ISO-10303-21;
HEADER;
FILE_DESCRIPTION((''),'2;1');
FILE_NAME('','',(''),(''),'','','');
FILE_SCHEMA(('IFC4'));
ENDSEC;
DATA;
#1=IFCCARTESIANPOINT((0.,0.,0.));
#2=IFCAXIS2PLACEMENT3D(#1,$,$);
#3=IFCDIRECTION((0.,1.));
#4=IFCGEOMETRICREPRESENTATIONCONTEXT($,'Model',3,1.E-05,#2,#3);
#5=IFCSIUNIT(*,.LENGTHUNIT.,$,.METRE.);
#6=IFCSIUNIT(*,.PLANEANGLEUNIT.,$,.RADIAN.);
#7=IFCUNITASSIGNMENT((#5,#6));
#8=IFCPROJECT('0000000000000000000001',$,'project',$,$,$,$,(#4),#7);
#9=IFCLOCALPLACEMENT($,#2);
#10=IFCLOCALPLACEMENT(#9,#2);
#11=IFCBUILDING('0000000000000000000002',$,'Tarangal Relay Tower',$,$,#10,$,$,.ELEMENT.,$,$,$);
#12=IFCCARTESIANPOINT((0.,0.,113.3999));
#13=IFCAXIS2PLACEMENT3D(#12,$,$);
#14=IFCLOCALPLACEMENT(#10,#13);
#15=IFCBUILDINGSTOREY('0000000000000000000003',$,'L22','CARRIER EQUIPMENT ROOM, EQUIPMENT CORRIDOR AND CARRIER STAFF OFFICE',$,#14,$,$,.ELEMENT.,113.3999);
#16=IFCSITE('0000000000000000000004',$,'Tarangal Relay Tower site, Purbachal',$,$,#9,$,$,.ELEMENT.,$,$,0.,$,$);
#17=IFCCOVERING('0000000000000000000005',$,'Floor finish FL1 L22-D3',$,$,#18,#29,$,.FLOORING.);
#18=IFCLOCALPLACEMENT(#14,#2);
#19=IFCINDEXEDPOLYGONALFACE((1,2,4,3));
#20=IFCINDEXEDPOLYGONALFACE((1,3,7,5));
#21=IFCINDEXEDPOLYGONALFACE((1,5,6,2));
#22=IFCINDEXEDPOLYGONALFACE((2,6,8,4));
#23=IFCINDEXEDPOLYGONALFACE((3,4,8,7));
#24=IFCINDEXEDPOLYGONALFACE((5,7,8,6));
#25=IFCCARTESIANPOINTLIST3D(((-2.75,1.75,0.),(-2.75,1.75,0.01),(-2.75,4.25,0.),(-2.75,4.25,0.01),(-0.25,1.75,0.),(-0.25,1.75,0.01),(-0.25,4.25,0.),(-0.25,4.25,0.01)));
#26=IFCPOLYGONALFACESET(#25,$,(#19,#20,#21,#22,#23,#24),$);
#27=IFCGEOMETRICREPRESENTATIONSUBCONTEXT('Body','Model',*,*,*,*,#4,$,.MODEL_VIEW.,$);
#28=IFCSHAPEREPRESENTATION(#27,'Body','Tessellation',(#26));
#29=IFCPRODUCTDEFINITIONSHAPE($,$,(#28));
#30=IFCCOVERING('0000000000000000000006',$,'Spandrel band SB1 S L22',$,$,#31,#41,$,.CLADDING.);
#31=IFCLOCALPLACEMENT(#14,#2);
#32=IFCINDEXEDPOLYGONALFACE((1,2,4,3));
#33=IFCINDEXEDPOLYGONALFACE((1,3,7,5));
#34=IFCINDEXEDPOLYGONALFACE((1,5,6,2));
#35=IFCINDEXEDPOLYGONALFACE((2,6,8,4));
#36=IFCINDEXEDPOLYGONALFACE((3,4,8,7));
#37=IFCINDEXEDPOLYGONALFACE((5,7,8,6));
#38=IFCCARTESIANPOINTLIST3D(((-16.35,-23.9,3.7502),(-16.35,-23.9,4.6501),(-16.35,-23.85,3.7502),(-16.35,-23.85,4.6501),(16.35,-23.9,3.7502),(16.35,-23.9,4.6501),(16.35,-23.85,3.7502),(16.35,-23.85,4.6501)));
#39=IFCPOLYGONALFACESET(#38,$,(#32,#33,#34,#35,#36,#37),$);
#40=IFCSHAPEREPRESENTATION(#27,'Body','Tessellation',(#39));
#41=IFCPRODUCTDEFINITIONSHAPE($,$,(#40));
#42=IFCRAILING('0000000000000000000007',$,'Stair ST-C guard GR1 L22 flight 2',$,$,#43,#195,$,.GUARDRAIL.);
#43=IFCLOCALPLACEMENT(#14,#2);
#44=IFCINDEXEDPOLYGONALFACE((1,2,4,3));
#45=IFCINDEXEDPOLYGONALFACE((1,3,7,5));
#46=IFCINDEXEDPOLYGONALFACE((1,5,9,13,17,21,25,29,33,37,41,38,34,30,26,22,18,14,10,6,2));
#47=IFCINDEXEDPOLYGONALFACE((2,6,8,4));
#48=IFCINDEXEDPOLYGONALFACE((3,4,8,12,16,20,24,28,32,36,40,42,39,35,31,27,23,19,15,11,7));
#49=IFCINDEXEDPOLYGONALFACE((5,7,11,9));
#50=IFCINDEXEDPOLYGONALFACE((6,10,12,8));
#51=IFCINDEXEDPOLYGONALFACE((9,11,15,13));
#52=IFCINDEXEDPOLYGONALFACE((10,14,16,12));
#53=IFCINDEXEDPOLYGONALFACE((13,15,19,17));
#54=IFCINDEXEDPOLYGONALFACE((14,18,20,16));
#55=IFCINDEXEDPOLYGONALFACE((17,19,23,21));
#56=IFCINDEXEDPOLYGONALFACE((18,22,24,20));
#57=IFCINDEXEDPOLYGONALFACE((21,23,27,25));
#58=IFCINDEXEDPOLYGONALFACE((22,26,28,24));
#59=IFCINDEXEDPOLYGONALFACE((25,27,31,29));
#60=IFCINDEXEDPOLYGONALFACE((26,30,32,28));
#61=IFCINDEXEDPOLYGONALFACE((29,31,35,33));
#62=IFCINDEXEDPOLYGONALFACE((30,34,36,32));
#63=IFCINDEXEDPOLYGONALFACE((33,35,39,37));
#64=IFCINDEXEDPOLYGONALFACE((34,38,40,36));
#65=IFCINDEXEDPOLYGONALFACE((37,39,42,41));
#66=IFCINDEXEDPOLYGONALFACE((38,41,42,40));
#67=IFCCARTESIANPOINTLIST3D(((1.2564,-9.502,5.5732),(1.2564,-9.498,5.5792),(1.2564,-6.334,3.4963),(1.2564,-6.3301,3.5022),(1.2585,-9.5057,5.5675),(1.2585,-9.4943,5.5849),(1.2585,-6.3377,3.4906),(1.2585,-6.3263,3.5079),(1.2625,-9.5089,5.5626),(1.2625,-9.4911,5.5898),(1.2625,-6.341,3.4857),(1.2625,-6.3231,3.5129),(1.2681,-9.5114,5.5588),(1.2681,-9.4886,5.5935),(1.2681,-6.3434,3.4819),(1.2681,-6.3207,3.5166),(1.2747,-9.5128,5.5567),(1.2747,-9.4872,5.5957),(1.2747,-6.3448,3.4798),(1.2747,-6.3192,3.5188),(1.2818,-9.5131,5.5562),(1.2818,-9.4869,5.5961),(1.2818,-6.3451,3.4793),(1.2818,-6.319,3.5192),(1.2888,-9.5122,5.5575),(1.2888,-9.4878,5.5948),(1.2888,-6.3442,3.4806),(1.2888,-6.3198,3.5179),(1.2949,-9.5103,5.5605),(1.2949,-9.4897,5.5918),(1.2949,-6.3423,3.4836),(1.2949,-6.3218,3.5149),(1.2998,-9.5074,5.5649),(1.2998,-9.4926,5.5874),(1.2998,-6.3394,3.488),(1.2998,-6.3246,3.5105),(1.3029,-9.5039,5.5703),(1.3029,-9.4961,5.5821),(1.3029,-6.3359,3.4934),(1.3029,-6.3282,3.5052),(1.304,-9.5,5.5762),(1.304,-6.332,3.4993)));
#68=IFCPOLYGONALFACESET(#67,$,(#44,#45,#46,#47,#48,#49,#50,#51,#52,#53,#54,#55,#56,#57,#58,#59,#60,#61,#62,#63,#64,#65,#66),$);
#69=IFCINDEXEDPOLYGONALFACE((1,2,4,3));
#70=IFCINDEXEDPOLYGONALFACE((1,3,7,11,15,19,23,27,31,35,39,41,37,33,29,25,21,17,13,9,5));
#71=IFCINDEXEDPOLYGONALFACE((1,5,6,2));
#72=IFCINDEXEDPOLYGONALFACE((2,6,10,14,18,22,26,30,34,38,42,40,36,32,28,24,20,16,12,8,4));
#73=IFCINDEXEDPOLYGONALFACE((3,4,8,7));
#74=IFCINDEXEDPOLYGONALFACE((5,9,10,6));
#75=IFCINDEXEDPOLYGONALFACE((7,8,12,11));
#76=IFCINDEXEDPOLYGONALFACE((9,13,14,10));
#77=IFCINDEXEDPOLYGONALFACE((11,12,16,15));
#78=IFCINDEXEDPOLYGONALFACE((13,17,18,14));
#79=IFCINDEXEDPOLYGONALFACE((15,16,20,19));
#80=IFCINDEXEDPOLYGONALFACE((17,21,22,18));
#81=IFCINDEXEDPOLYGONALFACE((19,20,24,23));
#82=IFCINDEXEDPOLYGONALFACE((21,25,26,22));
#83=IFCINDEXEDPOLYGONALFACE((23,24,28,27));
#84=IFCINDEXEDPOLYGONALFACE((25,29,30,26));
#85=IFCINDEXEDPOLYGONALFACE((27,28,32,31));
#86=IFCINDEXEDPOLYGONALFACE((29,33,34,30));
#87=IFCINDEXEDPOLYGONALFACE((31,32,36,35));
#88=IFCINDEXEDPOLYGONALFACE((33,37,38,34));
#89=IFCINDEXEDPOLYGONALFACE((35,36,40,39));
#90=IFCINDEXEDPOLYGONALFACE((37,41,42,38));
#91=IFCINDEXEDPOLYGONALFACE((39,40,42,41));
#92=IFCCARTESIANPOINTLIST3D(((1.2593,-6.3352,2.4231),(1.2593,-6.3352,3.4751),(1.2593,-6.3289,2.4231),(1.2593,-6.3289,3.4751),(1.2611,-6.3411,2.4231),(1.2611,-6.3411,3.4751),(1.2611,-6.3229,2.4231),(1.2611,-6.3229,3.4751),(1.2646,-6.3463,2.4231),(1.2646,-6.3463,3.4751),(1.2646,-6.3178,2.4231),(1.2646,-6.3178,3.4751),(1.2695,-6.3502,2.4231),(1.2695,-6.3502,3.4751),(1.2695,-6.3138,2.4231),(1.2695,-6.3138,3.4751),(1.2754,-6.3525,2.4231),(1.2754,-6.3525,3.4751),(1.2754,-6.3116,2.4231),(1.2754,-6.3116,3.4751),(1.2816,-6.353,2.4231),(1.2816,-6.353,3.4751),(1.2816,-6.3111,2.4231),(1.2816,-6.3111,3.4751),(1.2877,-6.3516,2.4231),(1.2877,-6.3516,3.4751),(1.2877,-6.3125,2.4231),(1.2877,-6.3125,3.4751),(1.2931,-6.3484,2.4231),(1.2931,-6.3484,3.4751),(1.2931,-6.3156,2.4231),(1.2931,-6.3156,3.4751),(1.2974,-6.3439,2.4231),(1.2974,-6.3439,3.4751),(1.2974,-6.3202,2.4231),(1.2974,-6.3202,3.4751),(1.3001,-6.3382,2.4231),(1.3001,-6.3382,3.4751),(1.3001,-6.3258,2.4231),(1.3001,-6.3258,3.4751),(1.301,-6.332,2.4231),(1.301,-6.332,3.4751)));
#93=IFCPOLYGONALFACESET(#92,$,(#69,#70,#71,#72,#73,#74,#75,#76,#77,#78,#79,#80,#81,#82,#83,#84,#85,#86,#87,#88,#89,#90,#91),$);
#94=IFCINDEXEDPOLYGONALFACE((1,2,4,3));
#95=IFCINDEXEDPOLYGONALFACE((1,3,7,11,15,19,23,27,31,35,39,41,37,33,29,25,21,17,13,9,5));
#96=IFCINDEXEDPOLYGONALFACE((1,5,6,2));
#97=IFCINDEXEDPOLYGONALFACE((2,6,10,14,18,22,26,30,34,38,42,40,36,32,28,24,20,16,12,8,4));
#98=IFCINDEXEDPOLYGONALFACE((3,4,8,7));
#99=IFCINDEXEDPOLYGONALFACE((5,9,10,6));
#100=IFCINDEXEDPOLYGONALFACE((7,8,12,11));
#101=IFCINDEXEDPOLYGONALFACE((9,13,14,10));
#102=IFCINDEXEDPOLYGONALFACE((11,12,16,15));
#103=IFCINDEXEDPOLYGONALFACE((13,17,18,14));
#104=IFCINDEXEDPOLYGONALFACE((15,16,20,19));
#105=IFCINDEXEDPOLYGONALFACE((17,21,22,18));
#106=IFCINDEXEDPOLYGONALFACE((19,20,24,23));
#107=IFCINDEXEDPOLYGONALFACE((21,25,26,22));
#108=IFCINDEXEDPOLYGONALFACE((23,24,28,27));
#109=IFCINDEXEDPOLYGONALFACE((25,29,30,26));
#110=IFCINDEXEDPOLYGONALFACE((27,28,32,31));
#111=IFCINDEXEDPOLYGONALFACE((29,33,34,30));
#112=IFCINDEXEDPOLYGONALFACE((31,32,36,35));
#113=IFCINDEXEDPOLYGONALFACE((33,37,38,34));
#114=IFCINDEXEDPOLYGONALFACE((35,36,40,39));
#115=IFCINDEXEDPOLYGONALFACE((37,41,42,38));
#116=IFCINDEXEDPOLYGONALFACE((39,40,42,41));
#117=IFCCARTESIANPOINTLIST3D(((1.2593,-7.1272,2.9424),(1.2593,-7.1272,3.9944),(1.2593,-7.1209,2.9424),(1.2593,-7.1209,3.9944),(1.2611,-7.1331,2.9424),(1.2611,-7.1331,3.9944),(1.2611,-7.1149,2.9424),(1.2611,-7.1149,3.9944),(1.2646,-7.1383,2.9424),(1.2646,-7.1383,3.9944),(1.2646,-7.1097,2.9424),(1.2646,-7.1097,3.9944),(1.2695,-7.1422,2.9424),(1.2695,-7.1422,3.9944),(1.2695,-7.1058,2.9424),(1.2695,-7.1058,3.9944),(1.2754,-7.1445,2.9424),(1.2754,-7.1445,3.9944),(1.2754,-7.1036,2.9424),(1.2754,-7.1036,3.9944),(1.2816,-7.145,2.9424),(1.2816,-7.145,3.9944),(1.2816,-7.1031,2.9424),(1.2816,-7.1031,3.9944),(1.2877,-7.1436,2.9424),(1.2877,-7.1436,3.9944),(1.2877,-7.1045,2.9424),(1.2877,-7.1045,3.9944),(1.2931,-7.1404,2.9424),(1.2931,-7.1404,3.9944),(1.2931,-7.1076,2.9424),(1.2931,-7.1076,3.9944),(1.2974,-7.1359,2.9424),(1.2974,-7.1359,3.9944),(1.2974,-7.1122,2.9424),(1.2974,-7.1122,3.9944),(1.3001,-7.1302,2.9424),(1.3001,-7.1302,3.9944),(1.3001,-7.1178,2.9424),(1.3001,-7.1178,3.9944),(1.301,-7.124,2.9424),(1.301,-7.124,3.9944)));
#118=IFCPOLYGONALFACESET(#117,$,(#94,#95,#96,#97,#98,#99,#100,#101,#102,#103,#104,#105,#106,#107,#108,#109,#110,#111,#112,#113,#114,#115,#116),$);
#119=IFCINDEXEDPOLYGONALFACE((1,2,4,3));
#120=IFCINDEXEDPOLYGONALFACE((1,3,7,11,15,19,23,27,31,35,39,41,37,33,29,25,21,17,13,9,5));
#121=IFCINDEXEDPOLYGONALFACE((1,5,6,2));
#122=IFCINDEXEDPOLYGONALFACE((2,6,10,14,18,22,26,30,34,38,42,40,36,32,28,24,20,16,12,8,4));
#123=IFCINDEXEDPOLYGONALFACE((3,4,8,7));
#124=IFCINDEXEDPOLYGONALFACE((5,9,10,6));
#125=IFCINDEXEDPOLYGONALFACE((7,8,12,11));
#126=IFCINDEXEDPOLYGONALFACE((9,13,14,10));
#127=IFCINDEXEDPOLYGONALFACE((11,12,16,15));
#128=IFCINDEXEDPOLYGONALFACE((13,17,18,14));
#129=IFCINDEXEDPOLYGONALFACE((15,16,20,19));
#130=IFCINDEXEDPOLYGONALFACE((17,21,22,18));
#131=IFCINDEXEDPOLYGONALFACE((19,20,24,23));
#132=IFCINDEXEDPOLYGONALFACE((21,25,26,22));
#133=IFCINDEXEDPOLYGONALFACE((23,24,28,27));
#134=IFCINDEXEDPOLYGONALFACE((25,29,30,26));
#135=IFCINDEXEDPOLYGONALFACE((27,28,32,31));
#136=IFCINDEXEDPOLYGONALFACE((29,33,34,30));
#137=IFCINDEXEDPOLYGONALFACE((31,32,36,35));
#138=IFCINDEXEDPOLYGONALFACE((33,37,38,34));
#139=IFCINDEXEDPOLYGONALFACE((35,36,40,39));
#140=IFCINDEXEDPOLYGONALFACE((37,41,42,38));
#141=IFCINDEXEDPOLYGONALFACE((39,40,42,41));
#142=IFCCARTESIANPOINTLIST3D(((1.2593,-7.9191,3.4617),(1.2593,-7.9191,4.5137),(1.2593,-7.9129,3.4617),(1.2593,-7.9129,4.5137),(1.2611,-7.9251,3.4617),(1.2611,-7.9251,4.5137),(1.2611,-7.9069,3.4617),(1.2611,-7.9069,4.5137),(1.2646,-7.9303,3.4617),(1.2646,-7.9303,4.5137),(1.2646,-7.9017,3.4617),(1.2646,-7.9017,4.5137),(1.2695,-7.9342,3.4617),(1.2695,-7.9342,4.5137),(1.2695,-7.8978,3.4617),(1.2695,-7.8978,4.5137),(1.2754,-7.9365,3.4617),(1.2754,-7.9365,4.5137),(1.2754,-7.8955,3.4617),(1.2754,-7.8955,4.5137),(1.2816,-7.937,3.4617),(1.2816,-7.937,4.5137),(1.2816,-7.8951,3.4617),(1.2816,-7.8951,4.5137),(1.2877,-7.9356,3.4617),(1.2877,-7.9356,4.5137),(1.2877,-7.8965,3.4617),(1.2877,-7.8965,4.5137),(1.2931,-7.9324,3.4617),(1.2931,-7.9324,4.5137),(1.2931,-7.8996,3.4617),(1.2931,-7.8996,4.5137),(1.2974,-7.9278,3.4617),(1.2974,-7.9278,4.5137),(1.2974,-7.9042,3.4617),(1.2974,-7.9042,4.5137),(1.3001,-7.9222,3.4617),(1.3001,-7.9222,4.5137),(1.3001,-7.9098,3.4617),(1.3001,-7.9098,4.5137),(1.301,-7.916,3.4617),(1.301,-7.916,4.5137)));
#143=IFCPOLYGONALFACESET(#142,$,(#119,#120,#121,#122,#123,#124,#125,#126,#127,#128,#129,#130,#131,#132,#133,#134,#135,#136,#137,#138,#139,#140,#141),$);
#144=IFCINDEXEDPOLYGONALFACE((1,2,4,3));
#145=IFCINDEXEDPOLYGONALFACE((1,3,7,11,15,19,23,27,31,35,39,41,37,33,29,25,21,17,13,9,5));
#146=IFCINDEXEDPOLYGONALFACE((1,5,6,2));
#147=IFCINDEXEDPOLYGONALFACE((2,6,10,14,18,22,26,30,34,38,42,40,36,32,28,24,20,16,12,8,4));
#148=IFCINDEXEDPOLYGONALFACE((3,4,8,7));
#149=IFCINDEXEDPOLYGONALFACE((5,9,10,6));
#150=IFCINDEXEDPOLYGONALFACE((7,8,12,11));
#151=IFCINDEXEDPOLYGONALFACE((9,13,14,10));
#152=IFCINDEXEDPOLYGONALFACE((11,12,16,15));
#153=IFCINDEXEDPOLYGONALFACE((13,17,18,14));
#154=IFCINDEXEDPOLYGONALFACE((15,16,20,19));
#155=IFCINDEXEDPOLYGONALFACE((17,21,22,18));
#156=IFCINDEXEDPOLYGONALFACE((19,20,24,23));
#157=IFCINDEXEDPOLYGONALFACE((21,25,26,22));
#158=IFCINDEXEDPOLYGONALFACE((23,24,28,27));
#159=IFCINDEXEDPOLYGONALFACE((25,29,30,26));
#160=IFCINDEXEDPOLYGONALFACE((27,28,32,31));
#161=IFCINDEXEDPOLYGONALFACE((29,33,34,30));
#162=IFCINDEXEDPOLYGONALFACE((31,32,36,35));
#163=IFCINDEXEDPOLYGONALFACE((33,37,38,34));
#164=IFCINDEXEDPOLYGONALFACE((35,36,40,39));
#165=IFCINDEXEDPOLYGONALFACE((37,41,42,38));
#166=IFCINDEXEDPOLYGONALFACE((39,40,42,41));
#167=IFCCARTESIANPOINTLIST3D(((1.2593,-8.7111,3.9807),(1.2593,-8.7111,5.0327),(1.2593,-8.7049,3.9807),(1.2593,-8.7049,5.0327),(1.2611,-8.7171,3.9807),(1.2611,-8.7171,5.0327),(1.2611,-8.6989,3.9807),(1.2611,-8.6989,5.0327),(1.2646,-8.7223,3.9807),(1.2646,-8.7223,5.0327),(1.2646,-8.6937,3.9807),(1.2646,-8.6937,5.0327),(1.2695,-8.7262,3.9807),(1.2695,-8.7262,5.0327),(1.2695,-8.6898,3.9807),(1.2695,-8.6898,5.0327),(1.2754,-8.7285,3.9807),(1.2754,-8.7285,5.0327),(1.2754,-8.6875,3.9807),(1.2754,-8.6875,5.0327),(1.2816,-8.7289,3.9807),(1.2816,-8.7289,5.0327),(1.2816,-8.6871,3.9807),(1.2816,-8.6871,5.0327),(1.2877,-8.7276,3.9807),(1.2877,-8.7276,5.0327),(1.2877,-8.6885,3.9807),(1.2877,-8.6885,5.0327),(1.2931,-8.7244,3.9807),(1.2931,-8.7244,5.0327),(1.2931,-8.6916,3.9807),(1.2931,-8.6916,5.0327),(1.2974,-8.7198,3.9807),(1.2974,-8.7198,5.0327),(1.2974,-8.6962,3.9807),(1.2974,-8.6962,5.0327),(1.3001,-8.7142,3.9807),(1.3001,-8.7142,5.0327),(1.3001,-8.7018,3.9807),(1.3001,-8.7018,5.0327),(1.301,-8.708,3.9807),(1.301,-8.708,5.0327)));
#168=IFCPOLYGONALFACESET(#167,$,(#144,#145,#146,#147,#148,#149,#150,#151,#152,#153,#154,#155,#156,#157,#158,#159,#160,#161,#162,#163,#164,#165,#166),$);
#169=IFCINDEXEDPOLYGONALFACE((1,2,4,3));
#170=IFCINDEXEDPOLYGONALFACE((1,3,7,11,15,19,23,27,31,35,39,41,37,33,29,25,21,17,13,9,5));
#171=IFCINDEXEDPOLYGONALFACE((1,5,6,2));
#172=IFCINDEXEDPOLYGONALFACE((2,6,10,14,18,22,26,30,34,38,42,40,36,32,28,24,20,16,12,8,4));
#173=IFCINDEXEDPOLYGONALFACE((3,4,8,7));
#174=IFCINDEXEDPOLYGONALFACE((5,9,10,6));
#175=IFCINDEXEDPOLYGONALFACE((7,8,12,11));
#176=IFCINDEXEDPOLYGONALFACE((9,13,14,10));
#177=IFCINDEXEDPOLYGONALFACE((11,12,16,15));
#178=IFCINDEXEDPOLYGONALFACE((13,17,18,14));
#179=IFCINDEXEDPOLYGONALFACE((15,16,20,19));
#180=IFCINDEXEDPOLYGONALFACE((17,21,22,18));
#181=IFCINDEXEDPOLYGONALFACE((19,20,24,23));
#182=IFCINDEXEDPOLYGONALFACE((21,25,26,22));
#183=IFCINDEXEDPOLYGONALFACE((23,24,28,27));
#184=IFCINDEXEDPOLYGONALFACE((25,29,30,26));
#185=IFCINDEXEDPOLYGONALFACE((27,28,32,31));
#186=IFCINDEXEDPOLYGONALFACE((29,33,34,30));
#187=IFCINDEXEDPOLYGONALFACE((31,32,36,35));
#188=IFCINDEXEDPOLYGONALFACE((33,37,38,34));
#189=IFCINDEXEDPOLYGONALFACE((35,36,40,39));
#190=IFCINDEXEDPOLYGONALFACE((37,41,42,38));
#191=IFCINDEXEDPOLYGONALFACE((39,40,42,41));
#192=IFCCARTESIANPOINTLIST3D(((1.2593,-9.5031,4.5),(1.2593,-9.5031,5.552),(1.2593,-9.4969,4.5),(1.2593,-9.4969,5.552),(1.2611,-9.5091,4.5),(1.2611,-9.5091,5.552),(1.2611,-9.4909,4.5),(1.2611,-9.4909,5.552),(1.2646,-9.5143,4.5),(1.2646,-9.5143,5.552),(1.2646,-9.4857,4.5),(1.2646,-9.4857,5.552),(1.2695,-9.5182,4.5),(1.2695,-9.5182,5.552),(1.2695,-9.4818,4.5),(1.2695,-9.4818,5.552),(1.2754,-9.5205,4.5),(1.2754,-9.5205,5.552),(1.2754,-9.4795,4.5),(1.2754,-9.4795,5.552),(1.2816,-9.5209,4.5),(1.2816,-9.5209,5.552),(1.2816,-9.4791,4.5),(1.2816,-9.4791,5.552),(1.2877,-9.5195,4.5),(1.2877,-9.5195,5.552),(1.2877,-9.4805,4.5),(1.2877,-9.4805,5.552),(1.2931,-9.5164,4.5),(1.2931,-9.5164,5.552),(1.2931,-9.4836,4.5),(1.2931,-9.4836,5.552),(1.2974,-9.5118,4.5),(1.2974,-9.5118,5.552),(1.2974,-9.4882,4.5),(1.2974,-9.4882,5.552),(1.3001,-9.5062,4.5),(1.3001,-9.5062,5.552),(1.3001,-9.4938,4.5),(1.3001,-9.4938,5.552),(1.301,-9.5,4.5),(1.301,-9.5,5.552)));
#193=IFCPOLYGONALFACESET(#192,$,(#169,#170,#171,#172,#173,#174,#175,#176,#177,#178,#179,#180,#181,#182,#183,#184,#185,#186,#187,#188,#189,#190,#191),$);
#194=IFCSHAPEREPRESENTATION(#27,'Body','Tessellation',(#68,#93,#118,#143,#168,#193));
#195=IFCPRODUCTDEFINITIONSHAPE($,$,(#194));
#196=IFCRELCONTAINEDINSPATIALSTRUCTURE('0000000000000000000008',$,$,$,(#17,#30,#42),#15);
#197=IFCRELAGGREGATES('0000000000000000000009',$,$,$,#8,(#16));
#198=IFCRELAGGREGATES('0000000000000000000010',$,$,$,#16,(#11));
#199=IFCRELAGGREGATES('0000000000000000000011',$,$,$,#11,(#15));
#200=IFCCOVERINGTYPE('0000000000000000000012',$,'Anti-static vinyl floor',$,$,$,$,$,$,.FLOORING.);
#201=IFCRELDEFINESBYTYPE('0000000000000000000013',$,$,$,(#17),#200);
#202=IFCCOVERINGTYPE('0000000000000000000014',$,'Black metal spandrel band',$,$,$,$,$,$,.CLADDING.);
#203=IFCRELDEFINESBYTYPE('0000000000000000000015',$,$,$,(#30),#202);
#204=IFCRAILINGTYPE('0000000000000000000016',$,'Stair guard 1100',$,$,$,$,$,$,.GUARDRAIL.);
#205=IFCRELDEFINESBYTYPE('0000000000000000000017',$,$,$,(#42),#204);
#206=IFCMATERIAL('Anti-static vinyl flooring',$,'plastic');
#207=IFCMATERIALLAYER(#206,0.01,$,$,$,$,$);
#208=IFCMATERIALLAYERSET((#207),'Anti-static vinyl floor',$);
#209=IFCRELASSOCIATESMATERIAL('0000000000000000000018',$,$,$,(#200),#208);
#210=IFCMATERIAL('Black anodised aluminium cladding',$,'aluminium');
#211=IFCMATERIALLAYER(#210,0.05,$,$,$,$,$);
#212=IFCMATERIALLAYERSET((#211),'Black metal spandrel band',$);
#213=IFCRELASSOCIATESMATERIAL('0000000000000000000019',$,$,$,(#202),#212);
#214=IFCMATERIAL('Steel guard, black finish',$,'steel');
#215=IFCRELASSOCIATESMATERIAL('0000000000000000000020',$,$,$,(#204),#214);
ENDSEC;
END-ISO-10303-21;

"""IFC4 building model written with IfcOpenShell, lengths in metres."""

from ifc_helpers import new_model, si_unit, direction, frame, origin, origin_2d, place, context, subcontext, project, spatial, polyline, rectangle, circle, outline, extrude, material, layer, layer_set, type_object, element, save


model = new_model("IFC4")

# Units and contexts
model_context = context("Model", 3, precision=1e-05, world=origin(), true_north=direction((0.0, 1.0)))
body_context = subcontext(model_context, "Body", "Model", "MODEL_VIEW")
ifc_project = project(units=[si_unit("LENGTHUNIT", "METRE"), si_unit("PLANEANGLEUNIT", "RADIAN")], contexts=[model_context])

# Site, building, storey
site_placement = place(None, origin())
site = spatial("IfcSite", under=ifc_project, at=site_placement, Name="Tarangal Relay Tower site, Purbachal", CompositionType="ELEMENT", RefElevation=0.0)
building_placement = place(site_placement, origin())
building = spatial("IfcBuilding", under=site, at=building_placement, Name="Tarangal Relay Tower", CompositionType="ELEMENT")
storey_placement = place(building_placement, frame((0.0, 0.0, 113.3999)))
storey = spatial("IfcBuildingStorey", under=building, at=storey_placement, Name="L22", Description="CARRIER EQUIPMENT ROOM, EQUIPMENT CORRIDOR AND CARRIER STAFF OFFICE", CompositionType="ELEMENT", Elevation=113.3999)

# Coverings
ifc_material_1 = material(Name="Anti-static vinyl flooring", Category="plastic")
ifc_layer_1 = layer(ifc_material_1, 0.01)
ifc_layer_set_1 = layer_set([ifc_layer_1], Name="Anti-static vinyl floor")
covering_type_1 = type_object("IfcCoveringType", Name="Anti-static vinyl floor", PredefinedType="FLOORING", material=ifc_layer_set_1)
covering_1_placement = place(storey_placement, origin())
element("IfcCovering", 1, at=covering_1_placement, inside=storey, type_object=covering_type_1, Name="Floor finish FL1 L22-D3", PredefinedType="FLOORING", context=body_context, shape_type="SweptSolid", body=[
    extrude(outline(polyline([(-2.75, 1.75), (-0.25, 1.75), (-0.25, 4.25), (-2.75, 4.25), (-2.75, 1.75)])), origin(), (0.0, 0.0, 1.0), 0.01),
])
ifc_material_2 = material(Name="Black anodised aluminium cladding", Category="aluminium")
ifc_layer_2 = layer(ifc_material_2, 0.05)
ifc_layer_set_2 = layer_set([ifc_layer_2], Name="Black metal spandrel band")
covering_type_2 = type_object("IfcCoveringType", Name="Black metal spandrel band", PredefinedType="CLADDING", material=ifc_layer_set_2)
covering_2_placement = place(storey_placement, frame((0.0, -23.875, 3.7502), z_axis=(0.0, 0.0, 1.0), x_axis=(-1.0, 0.0, 0.0)))
element("IfcCovering", 2, at=covering_2_placement, inside=storey, type_object=covering_type_2, Name="Spandrel band SB1 S L22", PredefinedType="CLADDING", context=body_context, shape_type="SweptSolid", body=[
    extrude(rectangle(XDim=32.7, YDim=0.05, at=origin_2d()), origin(), (0.0, 0.0, 1.0), 0.8999),
])

# Railing
ifc_material_3 = material(Name="Steel guard, black finish", Category="steel")
railing_type_1 = type_object("IfcRailingType", Name="Stair guard 1100", PredefinedType="GUARDRAIL", material=ifc_material_3)
railing_1_placement = place(storey_placement, frame((1.28, -6.332, 2.4231)))
element("IfcRailing", 3, at=railing_1_placement, inside=storey, type_object=railing_type_1, Name="Stair ST-C guard GR1 L22 flight 2", PredefinedType="GUARDRAIL", context=body_context, shape_type="SweptSolid", body=[
    extrude(circle(Radius=0.0239, at=origin_2d()), frame((0.0, 0.0, 1.0762), z_axis=(0.0, -0.836299, 0.548273), x_axis=(1.0, 0.0, 0.0)), (0.0, 0.0, 1.0), 3.7881),
    extrude(circle(Radius=0.021, at=origin_2d()), origin(), (0.0, 0.0, 1.0), 1.052),
    extrude(circle(Radius=0.021, at=origin_2d()), frame((0.0, -0.792, 0.5193)), (0.0, 0.0, 1.0), 1.052),
    extrude(circle(Radius=0.021, at=origin_2d()), frame((0.0, -1.584, 1.0386)), (0.0, 0.0, 1.0), 1.052),
    extrude(circle(Radius=0.021, at=origin_2d()), frame((0.0, -2.376, 1.5576)), (0.0, 0.0, 1.0), 1.052),
    extrude(circle(Radius=0.021, at=origin_2d()), frame((0.0, -3.168, 2.0769)), (0.0, 0.0, 1.0), 1.052),
])

save(model, "model.ifc")
